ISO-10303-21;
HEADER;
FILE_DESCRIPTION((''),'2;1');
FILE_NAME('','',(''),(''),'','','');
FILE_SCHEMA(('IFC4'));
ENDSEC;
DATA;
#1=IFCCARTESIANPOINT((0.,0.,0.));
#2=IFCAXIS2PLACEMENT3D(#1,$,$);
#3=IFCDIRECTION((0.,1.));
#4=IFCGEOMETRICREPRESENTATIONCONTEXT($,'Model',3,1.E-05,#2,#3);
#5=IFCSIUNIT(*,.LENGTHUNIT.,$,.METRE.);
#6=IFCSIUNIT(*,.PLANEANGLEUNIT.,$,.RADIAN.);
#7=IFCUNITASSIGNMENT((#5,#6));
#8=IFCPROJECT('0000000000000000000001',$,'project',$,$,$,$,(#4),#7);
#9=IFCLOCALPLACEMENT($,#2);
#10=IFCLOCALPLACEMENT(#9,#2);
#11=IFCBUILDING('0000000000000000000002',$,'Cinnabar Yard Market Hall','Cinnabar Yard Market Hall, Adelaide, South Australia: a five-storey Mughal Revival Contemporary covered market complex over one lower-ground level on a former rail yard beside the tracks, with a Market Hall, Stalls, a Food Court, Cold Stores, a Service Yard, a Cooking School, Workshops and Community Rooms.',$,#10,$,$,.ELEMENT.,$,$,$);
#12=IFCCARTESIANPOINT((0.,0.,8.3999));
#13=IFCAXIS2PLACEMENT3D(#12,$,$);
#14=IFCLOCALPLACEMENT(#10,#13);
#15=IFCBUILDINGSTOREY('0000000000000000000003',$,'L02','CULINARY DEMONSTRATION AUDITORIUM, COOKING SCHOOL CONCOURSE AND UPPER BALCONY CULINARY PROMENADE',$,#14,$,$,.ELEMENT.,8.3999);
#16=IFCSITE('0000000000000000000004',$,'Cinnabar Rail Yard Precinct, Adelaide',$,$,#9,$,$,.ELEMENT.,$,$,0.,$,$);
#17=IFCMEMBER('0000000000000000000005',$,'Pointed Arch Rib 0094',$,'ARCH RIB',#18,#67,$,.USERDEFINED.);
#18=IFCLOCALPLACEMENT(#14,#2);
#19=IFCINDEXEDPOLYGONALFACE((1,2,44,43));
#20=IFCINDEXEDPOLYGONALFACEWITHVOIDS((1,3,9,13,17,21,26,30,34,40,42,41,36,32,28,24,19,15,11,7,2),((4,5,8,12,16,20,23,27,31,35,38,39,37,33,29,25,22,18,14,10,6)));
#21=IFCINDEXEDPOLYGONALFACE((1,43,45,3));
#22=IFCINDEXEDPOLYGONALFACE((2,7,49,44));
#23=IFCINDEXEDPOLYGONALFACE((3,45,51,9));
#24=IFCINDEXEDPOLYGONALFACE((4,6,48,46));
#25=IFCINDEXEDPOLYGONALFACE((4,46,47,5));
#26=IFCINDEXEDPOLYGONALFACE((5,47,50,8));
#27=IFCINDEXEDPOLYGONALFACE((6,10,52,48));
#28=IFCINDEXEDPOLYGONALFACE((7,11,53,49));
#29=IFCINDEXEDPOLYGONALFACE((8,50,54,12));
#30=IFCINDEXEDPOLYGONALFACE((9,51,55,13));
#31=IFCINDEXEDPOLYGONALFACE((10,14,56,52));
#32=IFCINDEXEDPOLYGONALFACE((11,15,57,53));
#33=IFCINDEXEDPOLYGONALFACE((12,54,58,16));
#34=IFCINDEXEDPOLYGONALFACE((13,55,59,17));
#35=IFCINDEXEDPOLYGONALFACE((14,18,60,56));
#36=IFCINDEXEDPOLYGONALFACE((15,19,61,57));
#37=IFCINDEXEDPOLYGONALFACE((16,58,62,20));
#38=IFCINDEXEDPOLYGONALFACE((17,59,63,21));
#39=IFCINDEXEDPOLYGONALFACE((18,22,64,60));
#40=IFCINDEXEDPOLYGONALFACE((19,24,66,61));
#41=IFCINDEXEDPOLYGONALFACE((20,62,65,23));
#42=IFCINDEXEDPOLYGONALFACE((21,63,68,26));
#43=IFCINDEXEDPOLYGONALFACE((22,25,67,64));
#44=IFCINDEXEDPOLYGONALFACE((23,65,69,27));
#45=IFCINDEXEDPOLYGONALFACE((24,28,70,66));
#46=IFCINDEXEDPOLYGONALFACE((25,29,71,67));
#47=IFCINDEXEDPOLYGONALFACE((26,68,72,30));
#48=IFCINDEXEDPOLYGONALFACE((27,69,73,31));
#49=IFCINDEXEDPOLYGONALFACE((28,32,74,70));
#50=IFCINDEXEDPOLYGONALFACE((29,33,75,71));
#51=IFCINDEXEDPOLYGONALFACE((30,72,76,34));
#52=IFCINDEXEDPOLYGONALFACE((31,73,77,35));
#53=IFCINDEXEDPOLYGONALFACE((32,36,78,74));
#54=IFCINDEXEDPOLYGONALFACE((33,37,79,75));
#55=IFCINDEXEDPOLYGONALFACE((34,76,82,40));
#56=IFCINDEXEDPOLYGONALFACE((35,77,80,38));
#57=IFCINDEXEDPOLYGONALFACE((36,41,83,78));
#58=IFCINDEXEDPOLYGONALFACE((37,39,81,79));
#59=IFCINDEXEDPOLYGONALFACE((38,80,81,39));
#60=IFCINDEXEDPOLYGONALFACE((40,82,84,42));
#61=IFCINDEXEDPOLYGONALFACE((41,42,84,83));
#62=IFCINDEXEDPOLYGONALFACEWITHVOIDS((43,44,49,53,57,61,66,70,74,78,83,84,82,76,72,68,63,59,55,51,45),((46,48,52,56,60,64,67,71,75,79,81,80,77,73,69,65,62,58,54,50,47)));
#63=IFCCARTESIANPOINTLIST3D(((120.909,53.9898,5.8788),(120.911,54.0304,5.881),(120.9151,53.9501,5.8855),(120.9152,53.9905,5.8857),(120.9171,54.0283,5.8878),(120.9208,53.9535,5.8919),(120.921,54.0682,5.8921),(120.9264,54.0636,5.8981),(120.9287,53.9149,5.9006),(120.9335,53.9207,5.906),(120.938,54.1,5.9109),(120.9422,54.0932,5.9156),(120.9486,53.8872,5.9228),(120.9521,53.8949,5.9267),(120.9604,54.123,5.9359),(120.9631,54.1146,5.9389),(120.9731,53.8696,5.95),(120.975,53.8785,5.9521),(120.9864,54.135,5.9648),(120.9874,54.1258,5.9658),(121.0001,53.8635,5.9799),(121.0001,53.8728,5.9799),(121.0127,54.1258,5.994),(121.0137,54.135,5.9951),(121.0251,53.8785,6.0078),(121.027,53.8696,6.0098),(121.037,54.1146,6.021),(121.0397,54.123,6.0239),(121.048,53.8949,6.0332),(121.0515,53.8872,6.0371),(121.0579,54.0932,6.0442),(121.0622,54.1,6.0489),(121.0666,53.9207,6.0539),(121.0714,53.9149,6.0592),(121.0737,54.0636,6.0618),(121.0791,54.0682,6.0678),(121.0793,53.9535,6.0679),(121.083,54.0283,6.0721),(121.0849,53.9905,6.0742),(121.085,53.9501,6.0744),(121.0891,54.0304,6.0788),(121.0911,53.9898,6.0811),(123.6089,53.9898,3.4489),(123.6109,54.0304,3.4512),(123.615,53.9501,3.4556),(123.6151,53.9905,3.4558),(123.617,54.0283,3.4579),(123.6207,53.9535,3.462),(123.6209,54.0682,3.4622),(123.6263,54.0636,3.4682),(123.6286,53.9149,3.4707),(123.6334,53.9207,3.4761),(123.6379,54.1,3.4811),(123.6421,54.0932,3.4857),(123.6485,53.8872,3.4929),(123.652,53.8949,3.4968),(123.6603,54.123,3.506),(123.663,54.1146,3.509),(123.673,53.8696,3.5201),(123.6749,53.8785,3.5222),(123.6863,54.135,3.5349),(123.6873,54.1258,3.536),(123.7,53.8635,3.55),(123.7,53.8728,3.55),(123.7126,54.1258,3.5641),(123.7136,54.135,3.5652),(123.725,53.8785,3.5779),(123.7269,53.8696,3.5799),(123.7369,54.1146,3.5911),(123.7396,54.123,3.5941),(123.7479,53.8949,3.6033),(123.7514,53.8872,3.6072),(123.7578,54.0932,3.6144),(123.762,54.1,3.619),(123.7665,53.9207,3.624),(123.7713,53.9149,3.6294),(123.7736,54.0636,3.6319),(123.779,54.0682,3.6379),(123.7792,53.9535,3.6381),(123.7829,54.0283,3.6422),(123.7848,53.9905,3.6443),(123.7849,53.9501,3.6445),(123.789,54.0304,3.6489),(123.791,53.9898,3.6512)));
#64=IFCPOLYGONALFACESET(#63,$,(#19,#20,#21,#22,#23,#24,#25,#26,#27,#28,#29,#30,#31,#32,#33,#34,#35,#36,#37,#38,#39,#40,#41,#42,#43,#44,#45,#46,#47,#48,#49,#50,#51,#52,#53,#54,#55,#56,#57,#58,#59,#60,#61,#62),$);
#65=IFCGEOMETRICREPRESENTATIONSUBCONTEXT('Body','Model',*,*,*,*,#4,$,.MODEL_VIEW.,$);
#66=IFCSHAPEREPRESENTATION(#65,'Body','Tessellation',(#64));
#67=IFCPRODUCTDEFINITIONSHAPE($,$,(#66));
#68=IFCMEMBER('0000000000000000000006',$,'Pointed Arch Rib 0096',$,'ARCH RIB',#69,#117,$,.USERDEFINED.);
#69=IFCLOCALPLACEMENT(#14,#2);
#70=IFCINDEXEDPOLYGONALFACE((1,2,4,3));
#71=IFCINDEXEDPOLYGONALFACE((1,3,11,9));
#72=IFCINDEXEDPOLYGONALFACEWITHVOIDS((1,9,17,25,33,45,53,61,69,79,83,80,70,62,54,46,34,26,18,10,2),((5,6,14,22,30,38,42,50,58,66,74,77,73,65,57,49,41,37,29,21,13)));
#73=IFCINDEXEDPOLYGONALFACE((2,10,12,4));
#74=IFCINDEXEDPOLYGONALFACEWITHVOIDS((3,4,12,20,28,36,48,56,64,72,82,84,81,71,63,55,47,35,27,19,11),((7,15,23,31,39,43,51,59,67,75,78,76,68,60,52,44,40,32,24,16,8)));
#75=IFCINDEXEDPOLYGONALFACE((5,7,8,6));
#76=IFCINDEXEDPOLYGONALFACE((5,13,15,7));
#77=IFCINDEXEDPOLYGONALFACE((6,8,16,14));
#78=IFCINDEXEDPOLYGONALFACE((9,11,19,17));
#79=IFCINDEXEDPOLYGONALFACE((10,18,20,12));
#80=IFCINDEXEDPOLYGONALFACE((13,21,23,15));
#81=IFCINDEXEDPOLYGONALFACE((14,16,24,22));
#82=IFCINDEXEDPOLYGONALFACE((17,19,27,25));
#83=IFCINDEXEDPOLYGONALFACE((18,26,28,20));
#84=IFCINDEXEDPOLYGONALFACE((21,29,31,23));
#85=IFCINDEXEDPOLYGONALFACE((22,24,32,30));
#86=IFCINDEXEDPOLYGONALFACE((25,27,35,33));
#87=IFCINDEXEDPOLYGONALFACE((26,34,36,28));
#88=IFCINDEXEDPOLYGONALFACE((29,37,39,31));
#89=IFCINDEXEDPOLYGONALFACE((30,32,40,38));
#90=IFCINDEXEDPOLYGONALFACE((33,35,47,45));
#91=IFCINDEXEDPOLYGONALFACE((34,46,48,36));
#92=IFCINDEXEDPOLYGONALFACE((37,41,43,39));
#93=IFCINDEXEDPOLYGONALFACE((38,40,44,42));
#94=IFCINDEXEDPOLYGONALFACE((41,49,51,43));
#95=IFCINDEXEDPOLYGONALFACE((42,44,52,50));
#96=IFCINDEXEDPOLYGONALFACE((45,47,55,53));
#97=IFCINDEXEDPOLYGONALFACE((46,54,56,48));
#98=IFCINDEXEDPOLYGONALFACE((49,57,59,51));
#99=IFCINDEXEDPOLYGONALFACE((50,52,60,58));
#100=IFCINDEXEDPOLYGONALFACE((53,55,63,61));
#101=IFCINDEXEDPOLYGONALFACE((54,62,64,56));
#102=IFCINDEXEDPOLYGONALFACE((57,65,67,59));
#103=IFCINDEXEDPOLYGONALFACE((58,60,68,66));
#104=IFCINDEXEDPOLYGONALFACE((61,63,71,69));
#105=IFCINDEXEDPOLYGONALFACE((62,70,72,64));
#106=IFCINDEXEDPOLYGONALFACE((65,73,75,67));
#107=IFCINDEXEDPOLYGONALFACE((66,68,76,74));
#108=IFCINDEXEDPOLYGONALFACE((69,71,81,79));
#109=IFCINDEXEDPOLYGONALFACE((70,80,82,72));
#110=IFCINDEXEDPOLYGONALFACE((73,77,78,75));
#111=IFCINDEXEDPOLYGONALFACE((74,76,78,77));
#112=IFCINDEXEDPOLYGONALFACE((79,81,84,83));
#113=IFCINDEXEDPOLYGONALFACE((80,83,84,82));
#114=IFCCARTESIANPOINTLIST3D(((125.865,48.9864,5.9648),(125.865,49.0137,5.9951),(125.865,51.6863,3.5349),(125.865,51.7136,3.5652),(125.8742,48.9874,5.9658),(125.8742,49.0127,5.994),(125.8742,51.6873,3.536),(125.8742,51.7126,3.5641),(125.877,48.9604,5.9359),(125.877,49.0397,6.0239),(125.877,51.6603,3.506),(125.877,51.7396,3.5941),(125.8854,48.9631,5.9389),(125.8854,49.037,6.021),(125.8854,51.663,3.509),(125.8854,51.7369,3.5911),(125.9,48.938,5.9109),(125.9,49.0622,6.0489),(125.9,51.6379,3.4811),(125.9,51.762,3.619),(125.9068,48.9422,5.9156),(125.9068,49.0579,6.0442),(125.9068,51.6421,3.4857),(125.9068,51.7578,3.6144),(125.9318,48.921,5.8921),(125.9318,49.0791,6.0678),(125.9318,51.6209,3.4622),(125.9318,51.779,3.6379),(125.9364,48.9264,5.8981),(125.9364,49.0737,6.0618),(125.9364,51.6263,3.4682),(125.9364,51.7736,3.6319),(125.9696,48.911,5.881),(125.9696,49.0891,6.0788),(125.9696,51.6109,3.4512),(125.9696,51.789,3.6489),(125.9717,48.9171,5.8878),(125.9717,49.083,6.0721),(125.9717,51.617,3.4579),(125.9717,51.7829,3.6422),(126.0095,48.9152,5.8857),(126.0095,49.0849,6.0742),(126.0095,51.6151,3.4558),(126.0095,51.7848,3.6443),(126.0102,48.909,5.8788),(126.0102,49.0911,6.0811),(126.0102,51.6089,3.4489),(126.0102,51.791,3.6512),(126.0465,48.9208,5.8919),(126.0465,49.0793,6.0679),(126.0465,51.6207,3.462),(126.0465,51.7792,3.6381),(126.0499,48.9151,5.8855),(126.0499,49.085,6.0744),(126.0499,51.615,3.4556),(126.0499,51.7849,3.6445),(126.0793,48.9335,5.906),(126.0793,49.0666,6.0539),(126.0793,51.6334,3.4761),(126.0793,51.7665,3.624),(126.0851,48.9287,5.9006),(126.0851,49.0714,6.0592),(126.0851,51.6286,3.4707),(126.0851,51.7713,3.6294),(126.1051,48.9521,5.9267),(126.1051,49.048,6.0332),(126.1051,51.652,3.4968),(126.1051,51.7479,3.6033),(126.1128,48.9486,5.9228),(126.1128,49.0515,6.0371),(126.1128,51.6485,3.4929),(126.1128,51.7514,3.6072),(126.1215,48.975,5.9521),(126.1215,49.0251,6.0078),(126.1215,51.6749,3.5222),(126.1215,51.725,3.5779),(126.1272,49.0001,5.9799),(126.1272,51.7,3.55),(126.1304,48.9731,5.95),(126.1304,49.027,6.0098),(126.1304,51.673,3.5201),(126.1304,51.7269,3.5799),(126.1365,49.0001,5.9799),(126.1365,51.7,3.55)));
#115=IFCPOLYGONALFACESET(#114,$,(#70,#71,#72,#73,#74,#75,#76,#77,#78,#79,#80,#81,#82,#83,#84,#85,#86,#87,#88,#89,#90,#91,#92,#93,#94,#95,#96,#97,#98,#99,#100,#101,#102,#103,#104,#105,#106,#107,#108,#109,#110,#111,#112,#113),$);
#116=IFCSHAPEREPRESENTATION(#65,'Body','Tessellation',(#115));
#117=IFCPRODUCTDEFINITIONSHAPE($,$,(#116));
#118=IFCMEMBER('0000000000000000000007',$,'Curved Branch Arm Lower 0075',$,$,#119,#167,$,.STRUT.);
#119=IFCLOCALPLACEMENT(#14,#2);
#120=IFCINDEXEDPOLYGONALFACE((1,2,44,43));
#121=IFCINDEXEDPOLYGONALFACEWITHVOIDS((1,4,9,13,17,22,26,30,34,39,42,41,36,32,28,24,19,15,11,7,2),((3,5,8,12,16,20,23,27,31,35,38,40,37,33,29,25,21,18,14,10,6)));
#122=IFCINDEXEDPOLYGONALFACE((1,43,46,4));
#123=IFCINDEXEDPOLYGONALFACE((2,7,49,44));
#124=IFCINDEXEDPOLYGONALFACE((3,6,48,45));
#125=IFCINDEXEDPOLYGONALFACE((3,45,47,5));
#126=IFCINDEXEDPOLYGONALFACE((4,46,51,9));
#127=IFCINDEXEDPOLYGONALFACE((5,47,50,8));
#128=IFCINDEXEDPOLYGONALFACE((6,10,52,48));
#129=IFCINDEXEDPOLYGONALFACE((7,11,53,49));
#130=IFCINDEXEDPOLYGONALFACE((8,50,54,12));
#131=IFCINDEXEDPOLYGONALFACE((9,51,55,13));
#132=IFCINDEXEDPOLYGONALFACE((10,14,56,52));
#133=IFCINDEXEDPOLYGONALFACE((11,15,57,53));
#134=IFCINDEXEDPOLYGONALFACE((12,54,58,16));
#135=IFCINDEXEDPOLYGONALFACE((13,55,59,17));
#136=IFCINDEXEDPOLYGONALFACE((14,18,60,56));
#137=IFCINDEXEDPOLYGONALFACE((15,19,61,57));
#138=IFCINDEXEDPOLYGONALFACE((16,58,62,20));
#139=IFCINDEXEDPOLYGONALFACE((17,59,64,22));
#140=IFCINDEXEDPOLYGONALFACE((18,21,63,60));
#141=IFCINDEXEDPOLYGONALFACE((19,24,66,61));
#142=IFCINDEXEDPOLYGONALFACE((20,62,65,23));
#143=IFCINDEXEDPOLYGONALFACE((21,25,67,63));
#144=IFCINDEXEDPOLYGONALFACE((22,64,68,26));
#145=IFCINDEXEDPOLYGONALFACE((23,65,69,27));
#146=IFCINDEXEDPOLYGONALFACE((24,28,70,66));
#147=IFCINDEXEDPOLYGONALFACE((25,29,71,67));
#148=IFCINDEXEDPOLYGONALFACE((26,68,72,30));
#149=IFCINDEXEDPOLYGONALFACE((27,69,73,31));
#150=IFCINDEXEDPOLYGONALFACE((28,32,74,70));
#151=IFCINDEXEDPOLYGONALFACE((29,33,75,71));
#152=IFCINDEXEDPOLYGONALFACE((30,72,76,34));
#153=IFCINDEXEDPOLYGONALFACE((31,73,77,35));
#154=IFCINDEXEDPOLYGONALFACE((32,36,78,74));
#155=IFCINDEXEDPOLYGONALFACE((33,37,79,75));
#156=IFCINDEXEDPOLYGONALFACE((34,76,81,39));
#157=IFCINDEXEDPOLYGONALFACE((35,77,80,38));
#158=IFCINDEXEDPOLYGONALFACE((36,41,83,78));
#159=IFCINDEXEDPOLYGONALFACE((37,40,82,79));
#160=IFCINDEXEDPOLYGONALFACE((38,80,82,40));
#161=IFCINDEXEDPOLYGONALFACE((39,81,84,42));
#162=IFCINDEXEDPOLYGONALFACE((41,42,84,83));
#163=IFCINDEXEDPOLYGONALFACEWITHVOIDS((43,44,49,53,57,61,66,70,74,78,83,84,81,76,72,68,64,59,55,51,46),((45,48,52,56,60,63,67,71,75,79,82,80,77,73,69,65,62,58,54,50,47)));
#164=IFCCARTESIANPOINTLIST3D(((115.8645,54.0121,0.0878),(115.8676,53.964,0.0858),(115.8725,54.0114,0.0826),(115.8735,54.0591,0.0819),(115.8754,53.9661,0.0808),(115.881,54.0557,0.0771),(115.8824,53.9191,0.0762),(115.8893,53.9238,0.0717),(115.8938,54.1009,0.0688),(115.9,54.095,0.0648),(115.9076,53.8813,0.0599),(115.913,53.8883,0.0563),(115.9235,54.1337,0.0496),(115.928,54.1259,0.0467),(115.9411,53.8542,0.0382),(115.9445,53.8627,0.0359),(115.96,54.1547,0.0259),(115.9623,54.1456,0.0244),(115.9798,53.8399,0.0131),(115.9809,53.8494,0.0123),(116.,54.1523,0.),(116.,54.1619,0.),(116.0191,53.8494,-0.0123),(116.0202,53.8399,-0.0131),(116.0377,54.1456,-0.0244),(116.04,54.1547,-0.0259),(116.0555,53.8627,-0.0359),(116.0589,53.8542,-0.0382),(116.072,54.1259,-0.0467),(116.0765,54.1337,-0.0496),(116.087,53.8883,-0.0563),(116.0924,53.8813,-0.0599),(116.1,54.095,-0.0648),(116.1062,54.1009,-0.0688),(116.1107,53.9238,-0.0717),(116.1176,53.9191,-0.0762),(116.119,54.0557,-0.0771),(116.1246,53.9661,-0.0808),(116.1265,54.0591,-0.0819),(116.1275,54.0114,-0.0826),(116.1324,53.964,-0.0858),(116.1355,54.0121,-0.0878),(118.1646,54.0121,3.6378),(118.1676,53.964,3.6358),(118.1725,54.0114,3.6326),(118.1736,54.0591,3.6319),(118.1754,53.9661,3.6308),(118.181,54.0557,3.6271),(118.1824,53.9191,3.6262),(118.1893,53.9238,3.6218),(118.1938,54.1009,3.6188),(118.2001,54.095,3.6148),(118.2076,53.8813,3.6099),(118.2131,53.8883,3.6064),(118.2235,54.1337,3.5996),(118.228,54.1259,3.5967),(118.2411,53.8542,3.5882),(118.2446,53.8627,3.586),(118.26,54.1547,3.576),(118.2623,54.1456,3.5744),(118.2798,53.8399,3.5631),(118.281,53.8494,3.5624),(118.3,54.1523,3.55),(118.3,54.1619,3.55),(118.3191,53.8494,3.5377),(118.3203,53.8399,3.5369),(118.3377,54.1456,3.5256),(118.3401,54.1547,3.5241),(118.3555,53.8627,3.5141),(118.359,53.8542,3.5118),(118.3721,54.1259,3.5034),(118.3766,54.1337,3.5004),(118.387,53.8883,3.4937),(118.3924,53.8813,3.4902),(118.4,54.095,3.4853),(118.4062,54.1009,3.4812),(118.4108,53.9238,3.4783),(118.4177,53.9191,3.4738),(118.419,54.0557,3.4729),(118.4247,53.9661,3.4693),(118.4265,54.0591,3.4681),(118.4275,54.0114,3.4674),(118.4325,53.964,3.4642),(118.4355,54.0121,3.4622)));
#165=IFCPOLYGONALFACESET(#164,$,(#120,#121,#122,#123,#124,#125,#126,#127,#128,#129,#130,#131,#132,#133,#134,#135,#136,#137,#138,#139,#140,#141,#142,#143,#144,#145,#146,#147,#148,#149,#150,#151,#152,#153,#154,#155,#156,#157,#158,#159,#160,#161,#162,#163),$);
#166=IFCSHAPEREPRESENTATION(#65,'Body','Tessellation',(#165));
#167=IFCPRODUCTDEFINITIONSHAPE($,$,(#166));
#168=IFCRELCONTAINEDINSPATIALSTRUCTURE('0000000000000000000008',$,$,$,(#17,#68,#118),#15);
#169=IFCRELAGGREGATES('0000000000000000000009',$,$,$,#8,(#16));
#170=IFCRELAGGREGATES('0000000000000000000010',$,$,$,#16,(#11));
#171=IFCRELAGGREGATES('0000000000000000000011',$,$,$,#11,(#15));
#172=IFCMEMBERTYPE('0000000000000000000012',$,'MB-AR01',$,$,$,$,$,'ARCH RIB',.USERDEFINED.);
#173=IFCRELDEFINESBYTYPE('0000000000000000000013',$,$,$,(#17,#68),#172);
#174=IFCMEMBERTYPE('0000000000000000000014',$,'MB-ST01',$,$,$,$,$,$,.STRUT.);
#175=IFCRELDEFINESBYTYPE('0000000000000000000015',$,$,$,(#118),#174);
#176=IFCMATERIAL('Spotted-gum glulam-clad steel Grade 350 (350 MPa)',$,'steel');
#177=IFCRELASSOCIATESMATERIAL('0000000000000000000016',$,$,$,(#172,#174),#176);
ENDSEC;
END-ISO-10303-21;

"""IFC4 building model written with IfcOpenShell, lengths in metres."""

from ifc_helpers import new_model, si_unit, direction, frame, origin, origin_2d_with_axis, place, context, subcontext, project, spatial, hollow_circle, extrude, material, material_profile, profile_set, type_object, element, save


model = new_model("IFC4")

# Units and contexts
model_context = context("Model", 3, precision=1e-05, world=origin(), true_north=direction((0.0, 1.0)))
body_context = subcontext(model_context, "Body", "Model", "MODEL_VIEW")
ifc_project = project(units=[si_unit("LENGTHUNIT", "METRE"), si_unit("PLANEANGLEUNIT", "RADIAN")], contexts=[model_context])

# Site, building, storey
site_placement = place(None, origin())
site = spatial("IfcSite", under=ifc_project, at=site_placement, Name="Cinnabar Rail Yard Precinct, Adelaide", CompositionType="ELEMENT", RefElevation=0.0)
building_placement = place(site_placement, origin())
building = spatial("IfcBuilding", under=site, at=building_placement, Name="Cinnabar Yard Market Hall", Description="Cinnabar Yard Market Hall, Adelaide, South Australia: a five-storey Mughal Revival Contemporary covered market complex over one lower-ground level on a former rail yard beside the tracks, with a Market Hall, Stalls, a Food Court, Cold Stores, a Service Yard, a Cooking School, Workshops and Community Rooms.", CompositionType="ELEMENT")
storey_placement = place(building_placement, frame((0.0, 0.0, 8.3999)))
storey = spatial("IfcBuildingStorey", under=building, at=storey_placement, Name="L02", Description="CULINARY DEMONSTRATION AUDITORIUM, COOKING SCHOOL CONCOURSE AND UPPER BALCONY CULINARY PROMENADE", CompositionType="ELEMENT", Elevation=8.3999)

# Shared definitions
ifc_material_1 = material(Name="Spotted-gum glulam-clad steel Grade 350 (350 MPa)", Category="steel")

# Members
ifc_material_profile_1 = material_profile(ifc_material_1, hollow_circle(Radius=0.1365, WallThickness=0.0093, at=origin_2d_with_axis()), Name="273.1x9.3CHS")
ifc_profile_set_1 = profile_set([ifc_material_profile_1], Name="Spotted-gum glulam-clad steel Grade 350 (350 MPa)")
member_type_1 = type_object("IfcMemberType", Name="MB-AR01", ElementType="ARCH RIB", PredefinedType="USERDEFINED", material=ifc_profile_set_1)
for number, where, z_axis, x_axis, name in (
    (1, (123.7, 54.0, 3.55), (-0.743297, 0.0, 0.668961), (0.0, -1.0, 0.0), "Pointed Arch Rib 0094"),
    (2, (126.0, 51.7, 3.55), (0.0, -0.743297, 0.668961), (1.0, 0.0, 0.0), "Pointed Arch Rib 0096"),
):
    element("IfcMember", number, at=place(storey_placement, frame(where, z_axis=z_axis, x_axis=x_axis)), inside=storey, type_object=member_type_1, Name=name, ObjectType="ARCH RIB", PredefinedType="USERDEFINED", context=body_context, shape_type="SweptSolid", body=[
        extrude(hollow_circle(Radius=0.1365, WallThickness=0.0093, at=origin_2d_with_axis()), origin(), (0.0, 0.0, 1.0), 3.6323),
    ])
ifc_material_profile_2 = material_profile(ifc_material_1, hollow_circle(Radius=0.1619, WallThickness=0.0095, at=origin_2d_with_axis()), Name="323.9x9.5CHS")
ifc_profile_set_2 = profile_set([ifc_material_profile_2], Name="Spotted-gum glulam-clad steel Grade 350 (350 MPa)")
member_type_2 = type_object("IfcMemberType", Name="MB-ST01", PredefinedType="STRUT", material=ifc_profile_set_2)
for number, where, z_axis, x_axis, name in (
    (3, (116.0, 54.0, 0.0), (0.543744, 0.0, 0.839251), (0.0, 1.0, 0.0), "Curved Branch Arm Lower 0075"),
):
    element("IfcMember", number, at=place(storey_placement, frame(where, z_axis=z_axis, x_axis=x_axis)), inside=storey, type_object=member_type_2, Name=name, PredefinedType="STRUT", context=body_context, shape_type="SweptSolid", body=[
        extrude(hollow_circle(Radius=0.1619, WallThickness=0.0095, at=origin_2d_with_axis()), origin(), (0.0, 0.0, 1.0), 4.23),
    ])

save(model, "model.ifc")
